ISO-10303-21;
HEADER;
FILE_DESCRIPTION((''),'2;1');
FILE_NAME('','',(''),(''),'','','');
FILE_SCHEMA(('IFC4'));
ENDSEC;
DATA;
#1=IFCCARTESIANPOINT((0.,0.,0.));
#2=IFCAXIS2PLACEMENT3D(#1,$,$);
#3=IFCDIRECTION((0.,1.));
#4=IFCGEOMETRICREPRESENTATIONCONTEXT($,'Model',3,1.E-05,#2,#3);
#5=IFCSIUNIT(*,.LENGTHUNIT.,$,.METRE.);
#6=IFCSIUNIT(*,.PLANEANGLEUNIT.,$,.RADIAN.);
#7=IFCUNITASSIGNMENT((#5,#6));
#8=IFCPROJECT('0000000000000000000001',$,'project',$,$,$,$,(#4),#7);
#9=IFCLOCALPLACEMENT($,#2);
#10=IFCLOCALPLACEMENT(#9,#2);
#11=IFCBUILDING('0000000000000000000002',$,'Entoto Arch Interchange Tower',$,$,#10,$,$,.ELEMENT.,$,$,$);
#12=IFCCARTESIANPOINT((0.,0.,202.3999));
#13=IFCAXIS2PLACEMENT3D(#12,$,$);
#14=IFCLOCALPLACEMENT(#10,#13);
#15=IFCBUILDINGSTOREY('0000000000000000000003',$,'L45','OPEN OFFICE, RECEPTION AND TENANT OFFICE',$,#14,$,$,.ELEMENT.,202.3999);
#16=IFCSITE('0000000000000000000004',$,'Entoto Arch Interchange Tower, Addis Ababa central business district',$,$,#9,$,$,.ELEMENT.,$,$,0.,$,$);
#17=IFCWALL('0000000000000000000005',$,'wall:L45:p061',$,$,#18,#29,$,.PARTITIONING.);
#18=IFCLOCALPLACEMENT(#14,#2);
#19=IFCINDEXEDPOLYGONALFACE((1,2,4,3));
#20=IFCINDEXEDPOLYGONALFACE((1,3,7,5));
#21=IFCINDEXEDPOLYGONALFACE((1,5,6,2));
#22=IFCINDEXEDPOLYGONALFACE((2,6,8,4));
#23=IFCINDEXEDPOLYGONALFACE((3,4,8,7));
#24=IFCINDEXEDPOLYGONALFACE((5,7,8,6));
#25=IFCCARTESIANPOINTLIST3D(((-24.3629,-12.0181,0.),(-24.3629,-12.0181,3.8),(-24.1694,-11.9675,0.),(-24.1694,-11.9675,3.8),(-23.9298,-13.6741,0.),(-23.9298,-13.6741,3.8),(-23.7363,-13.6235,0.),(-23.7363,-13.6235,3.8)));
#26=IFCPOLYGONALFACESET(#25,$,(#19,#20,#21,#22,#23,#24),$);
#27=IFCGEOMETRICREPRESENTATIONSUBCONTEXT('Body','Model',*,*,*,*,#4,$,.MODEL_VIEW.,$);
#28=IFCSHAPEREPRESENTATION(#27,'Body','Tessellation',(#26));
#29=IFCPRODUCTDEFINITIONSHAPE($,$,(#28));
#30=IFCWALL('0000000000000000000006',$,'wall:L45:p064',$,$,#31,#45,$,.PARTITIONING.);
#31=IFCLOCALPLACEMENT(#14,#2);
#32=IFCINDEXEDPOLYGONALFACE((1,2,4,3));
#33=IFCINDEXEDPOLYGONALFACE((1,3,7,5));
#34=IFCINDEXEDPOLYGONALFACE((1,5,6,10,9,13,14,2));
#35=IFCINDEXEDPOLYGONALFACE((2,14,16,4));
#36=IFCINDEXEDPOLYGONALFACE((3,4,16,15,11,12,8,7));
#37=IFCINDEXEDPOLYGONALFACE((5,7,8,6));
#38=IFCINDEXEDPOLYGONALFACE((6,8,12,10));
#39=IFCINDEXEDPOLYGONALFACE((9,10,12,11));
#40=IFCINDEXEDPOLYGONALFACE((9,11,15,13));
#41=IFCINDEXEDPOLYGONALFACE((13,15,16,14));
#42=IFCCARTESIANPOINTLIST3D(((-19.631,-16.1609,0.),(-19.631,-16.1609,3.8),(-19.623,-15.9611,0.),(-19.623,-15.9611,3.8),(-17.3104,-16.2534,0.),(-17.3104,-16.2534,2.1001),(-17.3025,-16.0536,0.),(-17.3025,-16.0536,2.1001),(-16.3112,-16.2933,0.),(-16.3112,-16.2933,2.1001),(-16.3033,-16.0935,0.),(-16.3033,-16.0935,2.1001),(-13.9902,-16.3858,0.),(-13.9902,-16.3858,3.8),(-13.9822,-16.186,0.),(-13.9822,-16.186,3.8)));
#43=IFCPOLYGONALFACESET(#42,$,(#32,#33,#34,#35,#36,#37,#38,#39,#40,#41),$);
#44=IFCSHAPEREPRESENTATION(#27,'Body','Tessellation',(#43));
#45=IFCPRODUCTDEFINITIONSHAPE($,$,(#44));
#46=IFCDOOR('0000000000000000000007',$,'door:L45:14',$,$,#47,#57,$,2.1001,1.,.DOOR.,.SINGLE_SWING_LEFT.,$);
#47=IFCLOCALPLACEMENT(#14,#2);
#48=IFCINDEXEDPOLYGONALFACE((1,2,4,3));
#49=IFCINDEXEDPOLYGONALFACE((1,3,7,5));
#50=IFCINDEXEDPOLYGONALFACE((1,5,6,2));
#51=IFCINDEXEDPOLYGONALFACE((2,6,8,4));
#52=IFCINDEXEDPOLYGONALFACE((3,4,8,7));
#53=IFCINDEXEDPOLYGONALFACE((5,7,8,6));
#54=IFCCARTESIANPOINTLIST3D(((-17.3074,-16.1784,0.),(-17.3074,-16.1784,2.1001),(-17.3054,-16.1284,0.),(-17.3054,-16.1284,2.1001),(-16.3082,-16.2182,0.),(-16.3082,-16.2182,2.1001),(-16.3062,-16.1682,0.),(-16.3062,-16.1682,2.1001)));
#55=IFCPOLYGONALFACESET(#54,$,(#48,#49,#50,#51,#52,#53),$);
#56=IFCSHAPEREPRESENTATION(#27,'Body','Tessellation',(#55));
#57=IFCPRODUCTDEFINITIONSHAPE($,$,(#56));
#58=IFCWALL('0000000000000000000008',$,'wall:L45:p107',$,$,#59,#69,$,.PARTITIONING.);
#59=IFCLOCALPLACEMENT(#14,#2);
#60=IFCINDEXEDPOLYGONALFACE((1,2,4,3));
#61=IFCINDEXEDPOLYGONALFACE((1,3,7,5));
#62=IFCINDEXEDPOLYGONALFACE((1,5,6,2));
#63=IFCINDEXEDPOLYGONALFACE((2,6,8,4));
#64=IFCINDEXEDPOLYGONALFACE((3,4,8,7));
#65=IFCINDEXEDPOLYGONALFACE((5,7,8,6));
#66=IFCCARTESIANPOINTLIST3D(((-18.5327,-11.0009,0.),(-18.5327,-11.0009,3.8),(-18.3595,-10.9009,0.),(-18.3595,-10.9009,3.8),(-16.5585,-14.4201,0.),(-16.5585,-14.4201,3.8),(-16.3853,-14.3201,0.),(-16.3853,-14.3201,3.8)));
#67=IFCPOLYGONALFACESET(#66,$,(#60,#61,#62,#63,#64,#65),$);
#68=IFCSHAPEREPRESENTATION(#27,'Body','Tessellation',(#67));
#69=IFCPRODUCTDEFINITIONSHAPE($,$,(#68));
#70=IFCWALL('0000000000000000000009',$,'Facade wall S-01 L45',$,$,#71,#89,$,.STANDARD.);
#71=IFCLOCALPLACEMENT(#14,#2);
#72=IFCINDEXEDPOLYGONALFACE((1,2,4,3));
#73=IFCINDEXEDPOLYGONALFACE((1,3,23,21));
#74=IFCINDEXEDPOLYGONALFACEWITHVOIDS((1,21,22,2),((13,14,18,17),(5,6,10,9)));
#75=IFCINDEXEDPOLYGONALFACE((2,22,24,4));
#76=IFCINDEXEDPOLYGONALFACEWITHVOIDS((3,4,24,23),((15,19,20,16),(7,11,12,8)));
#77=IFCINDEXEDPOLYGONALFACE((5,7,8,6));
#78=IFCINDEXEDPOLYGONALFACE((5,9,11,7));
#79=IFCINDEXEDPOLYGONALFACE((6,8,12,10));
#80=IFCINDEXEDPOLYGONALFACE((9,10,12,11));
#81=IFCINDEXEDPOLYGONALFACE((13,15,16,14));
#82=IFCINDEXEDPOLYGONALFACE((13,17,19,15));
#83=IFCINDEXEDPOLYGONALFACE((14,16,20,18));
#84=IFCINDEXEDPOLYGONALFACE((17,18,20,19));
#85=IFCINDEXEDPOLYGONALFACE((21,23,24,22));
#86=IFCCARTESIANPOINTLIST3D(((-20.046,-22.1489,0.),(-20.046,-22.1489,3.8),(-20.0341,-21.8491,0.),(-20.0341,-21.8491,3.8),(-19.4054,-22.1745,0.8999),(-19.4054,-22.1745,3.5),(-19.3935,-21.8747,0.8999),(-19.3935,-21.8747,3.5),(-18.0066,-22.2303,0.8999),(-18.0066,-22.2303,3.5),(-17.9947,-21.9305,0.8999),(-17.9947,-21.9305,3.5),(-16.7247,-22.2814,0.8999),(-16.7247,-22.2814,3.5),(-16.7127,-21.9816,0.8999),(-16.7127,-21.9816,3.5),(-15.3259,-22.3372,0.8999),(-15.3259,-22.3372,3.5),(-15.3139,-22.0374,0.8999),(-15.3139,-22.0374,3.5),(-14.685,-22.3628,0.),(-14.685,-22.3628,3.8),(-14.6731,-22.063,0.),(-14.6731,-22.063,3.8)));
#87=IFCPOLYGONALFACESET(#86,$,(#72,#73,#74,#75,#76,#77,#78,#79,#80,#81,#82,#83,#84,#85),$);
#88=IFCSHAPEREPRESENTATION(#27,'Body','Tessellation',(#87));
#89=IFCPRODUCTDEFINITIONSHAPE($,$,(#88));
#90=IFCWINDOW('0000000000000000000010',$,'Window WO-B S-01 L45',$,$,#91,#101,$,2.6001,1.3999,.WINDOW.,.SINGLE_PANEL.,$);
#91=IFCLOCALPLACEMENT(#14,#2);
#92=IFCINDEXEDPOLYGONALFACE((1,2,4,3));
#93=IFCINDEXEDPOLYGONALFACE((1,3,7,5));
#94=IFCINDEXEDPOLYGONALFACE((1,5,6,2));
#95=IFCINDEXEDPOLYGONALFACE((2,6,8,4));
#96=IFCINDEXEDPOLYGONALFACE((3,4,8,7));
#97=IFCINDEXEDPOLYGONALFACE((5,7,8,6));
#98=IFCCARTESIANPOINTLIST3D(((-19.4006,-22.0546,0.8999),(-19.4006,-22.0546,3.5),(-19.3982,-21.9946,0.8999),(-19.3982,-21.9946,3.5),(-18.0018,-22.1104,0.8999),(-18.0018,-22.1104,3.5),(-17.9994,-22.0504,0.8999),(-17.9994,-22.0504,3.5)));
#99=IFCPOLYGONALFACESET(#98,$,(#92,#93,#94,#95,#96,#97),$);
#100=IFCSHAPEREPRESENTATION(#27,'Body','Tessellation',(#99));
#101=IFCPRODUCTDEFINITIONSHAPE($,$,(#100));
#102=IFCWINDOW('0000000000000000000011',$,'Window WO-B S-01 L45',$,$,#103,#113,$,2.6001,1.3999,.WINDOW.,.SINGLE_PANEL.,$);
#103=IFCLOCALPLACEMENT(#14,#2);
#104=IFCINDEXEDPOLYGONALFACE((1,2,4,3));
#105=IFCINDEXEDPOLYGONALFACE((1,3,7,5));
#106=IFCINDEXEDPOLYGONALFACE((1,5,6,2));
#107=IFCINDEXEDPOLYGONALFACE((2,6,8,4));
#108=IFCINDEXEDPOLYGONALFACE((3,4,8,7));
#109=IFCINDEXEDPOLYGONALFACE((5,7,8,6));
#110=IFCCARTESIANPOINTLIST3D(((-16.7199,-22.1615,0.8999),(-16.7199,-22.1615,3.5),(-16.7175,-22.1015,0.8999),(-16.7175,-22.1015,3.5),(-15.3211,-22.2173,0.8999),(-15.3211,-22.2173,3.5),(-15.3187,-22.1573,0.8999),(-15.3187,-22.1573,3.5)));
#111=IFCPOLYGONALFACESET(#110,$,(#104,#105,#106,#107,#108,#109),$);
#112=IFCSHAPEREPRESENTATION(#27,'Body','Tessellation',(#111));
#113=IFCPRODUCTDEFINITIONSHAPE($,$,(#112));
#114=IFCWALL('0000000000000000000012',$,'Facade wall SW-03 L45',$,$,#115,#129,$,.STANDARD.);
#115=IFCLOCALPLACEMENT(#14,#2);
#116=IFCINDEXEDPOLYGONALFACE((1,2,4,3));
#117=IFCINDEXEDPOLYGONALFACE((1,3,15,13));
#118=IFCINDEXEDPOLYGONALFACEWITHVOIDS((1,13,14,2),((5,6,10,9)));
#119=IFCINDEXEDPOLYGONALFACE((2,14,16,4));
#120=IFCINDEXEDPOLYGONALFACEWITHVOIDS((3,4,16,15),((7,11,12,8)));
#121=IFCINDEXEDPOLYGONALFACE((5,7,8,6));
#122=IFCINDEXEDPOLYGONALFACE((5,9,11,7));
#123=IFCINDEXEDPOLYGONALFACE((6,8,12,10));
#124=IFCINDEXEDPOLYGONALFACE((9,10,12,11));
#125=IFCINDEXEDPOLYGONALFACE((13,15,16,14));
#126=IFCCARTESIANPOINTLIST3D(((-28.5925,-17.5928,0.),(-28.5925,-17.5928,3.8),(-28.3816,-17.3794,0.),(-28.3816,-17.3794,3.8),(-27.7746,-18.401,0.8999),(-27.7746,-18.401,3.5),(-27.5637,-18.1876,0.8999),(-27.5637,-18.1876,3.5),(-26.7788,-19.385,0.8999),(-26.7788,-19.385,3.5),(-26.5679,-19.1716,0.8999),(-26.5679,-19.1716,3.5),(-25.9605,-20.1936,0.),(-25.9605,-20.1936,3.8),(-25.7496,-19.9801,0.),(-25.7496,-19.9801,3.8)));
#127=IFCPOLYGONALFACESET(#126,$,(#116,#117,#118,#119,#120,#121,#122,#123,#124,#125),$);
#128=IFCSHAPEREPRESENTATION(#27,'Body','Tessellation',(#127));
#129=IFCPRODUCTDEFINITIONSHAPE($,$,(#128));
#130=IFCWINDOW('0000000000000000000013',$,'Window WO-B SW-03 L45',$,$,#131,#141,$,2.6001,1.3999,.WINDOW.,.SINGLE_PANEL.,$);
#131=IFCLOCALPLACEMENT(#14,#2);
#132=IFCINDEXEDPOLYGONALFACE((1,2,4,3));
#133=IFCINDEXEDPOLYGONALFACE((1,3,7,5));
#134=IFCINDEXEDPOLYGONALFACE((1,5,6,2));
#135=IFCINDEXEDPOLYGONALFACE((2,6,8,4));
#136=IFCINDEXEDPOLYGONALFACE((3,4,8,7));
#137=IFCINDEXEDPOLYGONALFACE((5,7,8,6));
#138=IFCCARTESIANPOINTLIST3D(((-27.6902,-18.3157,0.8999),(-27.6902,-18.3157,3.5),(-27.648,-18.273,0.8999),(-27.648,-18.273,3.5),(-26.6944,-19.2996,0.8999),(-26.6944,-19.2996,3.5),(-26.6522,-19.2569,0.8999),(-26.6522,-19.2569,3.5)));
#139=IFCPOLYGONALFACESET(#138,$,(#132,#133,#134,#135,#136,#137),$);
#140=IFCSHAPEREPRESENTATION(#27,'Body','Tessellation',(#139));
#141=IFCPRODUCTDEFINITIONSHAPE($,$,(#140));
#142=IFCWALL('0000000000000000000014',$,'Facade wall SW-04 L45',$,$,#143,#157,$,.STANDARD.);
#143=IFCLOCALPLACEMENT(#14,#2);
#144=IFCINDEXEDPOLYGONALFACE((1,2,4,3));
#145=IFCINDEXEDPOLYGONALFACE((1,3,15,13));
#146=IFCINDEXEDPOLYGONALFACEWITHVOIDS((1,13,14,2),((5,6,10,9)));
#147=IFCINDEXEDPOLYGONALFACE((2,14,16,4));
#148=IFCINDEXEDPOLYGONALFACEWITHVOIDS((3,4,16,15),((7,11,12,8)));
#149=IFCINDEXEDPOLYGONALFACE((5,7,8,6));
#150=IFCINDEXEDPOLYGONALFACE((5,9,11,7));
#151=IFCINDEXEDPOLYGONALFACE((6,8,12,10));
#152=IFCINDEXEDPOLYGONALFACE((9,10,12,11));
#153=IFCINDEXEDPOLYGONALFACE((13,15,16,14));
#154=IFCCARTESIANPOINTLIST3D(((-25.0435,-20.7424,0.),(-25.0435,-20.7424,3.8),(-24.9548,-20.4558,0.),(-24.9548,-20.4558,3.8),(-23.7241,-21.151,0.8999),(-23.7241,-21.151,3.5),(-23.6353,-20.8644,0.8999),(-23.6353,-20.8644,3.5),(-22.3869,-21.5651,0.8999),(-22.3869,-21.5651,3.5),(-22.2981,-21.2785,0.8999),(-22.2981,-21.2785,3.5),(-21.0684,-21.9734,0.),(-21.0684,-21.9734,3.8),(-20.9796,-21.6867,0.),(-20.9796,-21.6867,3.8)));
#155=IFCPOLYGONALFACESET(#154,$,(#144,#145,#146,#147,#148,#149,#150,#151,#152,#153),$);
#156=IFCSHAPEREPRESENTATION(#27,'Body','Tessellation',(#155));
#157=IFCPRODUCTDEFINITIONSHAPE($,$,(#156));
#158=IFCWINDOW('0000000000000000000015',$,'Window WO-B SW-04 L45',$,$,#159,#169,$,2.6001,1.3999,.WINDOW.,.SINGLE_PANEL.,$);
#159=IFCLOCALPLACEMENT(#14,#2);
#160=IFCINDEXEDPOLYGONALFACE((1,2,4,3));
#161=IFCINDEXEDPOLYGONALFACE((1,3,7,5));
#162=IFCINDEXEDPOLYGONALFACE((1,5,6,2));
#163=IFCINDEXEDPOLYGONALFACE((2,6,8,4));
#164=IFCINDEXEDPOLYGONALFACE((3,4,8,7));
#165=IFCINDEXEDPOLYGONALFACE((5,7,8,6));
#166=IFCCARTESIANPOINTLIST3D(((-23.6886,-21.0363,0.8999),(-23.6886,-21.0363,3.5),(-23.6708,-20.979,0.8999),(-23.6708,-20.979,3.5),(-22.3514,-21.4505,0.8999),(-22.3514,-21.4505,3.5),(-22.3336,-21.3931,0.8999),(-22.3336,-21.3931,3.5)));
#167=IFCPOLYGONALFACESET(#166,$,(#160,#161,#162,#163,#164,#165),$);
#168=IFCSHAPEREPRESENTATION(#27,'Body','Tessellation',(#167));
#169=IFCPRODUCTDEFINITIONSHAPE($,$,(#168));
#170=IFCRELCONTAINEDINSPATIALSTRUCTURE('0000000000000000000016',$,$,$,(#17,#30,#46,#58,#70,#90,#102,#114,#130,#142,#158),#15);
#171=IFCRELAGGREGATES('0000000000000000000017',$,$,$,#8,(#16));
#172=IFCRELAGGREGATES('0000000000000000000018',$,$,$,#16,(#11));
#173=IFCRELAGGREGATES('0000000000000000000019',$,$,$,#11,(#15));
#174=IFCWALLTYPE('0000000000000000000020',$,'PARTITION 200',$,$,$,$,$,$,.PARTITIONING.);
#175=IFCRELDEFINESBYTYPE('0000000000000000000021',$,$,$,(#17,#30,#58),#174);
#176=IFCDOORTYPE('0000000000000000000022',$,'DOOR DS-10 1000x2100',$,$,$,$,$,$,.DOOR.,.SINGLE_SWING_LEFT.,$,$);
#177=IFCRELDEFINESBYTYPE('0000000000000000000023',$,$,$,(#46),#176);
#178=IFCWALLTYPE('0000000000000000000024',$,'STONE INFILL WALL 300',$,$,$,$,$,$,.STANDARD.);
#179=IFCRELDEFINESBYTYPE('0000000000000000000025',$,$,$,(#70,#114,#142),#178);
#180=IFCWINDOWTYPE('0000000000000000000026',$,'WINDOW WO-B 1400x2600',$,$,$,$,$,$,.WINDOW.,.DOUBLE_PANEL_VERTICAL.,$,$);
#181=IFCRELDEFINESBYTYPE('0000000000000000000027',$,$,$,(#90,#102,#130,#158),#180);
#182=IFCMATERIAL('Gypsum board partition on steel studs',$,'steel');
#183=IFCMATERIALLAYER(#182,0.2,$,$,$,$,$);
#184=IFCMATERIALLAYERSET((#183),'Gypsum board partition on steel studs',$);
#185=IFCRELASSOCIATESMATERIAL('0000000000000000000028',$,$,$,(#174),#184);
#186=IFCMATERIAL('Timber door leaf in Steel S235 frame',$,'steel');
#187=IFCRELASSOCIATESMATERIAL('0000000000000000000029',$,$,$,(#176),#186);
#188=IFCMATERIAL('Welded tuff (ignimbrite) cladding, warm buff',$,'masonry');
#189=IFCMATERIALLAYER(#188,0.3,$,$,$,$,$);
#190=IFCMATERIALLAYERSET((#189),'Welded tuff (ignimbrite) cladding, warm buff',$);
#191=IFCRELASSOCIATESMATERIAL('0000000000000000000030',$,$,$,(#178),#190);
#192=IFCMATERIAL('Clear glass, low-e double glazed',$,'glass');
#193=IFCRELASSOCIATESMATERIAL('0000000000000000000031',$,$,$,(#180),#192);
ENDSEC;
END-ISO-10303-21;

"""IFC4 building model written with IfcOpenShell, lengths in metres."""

from ifc_helpers import new_model, si_unit, direction, frame, frame_2d, origin, place, context, subcontext, project, spatial, rectangle, extrude, material, layer, layer_set, type_object, element, fill, save


model = new_model("IFC4")

# Units and contexts
model_context = context("Model", 3, precision=1e-05, world=origin(), true_north=direction((0.0, 1.0)))
body_context = subcontext(model_context, "Body", "Model", "MODEL_VIEW")
ifc_project = project(units=[si_unit("LENGTHUNIT", "METRE"), si_unit("PLANEANGLEUNIT", "RADIAN")], contexts=[model_context])

# Site, building, storey
site_placement = place(None, origin())
site = spatial("IfcSite", under=ifc_project, at=site_placement, Name="Entoto Arch Interchange Tower, Addis Ababa central business district", CompositionType="ELEMENT", RefElevation=0.0)
building_placement = place(site_placement, origin())
building = spatial("IfcBuilding", under=site, at=building_placement, Name="Entoto Arch Interchange Tower", CompositionType="ELEMENT")
storey_placement = place(building_placement, frame((0.0, 0.0, 202.3999)))
storey = spatial("IfcBuildingStorey", under=building, at=storey_placement, Name="L45", Description="OPEN OFFICE, RECEPTION AND TENANT OFFICE", CompositionType="ELEMENT", Elevation=202.3999)

# Shared definitions
ifc_material_1 = material(Name="Gypsum board partition on steel studs", Category="steel")
ifc_layer_1 = layer(ifc_material_1, 0.2)
ifc_layer_set_1 = layer_set([ifc_layer_1], Name="Gypsum board partition on steel studs")
wall_type_1 = type_object("IfcWallType", Name="PARTITION 200", PredefinedType="PARTITIONING", material=ifc_layer_set_1)

# Shared definitions
ifc_material_2 = material(Name="Timber door leaf in Steel S235 frame", Category="steel")
door_type = type_object("IfcDoorType", Name="DOOR DS-10 1000x2100", OperationType="SINGLE_SWING_LEFT", PredefinedType="DOOR", material=ifc_material_2)

# Wall
wall_1_placement = place(storey_placement, frame((-23.833, -13.6489, 0.0), z_axis=(0.0, 0.0, 1.0), x_axis=(-0.253026, 0.96746, 0.0)))
element("IfcWall", 1, at=wall_1_placement, inside=storey, type_object=wall_type_1, Name="wall:L45:p061", PredefinedType="PARTITIONING", context=body_context, shape_type="SweptSolid", body=[
    extrude(rectangle(XDim=1.7117, YDim=0.2, at=frame_2d((0.856, 0.0))), origin(), (0.0, 0.0, 1.0), 3.8),
])

# Wall, opening, door
wall_2_placement = place(storey_placement, frame((-13.9861, -16.2859, 0.0), z_axis=(0.0, 0.0, 1.0), x_axis=(-0.999206, 0.03983, 0.0)))
wall_2 = element("IfcWall", 2, at=wall_2_placement, inside=storey, type_object=wall_type_1, Name="wall:L45:p064", PredefinedType="PARTITIONING", context=body_context, shape_type="SweptSolid", body=[
    extrude(rectangle(XDim=5.6453, YDim=0.2, at=frame_2d((2.8228, 0.0))), origin(), (0.0, 0.0, 1.0), 3.8),
])
opening_1_placement = place(wall_2_placement, frame((2.323, 0.0, 0.0)))
opening_1 = element("IfcOpeningElement", 3, at=opening_1_placement, cuts=wall_2, PredefinedType="OPENING", context=body_context, shape_type="SweptSolid", body=[
    extrude(rectangle(XDim=1.0, YDim=2.1001, at=frame_2d((0.5, 1.05))), frame((0.0, 0.1099, 0.0), z_axis=(0.0, -1.0, 0.0), x_axis=(1.0, 0.0, 0.0)), (0.0, 0.0, 1.0), 0.22),
])
door_1_placement = place(opening_1_placement, origin())
door_1 = element("IfcDoor", 4, at=door_1_placement, inside=storey, type_object=door_type, Name="door:L45:14", OperationType="SINGLE_SWING_LEFT", OverallHeight=2.1001, OverallWidth=1.0, PredefinedType="DOOR", context=body_context, shape_type="SweptSolid", body=[
    extrude(rectangle(XDim=1.0, YDim=2.1001, at=frame_2d((0.5, 1.05))), frame((0.0, 0.0249, 0.0), z_axis=(0.0, -1.0, 0.0), x_axis=(1.0, 0.0, 0.0)), (0.0, 0.0, 1.0), 0.05),
])
fill(opening_1, door_1)

# Wall
wall_3_placement = place(storey_placement, frame((-16.4719, -14.3701, 0.0), z_axis=(0.0, 0.0, 1.0), x_axis=(-0.50001, 0.86602, 0.0)))
element("IfcWall", 5, at=wall_3_placement, inside=storey, type_object=wall_type_1, Name="wall:L45:p107", PredefinedType="PARTITIONING", context=body_context, shape_type="SweptSolid", body=[
    extrude(rectangle(XDim=3.9482, YDim=0.2, at=frame_2d((1.9741, 0.0))), origin(), (0.0, 0.0, 1.0), 3.8),
])

# Wall, openings, windows
ifc_material_3 = material(Name="Welded tuff (ignimbrite) cladding, warm buff", Category="masonry")
ifc_layer_2 = layer(ifc_material_3, 0.3)
ifc_layer_set_2 = layer_set([ifc_layer_2], Name="Welded tuff (ignimbrite) cladding, warm buff")
wall_type_2 = type_object("IfcWallType", Name="STONE INFILL WALL 300", PredefinedType="STANDARD", material=ifc_layer_set_2)
wall_4_placement = place(storey_placement, frame((-20.04, -21.999, 0.0), z_axis=(0.0, 0.0, 1.0), x_axis=(0.999205, -0.039861, 0.0)))
wall_4 = element("IfcWall", 6, at=wall_4_placement, inside=storey, type_object=wall_type_2, Name="Facade wall S-01 L45", PredefinedType="STANDARD", context=body_context, shape_type="SweptSolid", body=[
    extrude(rectangle(XDim=5.3652, YDim=0.3, at=frame_2d((2.6826, 0.0))), origin(), (0.0, 0.0, 1.0), 3.8),
])
opening_2_placement = place(wall_4_placement, frame((0.6411, 0.0, 0.8999)))
opening_2 = element("IfcOpeningElement", 7, at=opening_2_placement, cuts=wall_4, PredefinedType="OPENING", context=body_context, shape_type="SweptSolid", body=[
    extrude(rectangle(XDim=1.3999, YDim=2.6001, at=frame_2d((0.7, 1.3))), frame((0.0, 0.1602, 0.0), z_axis=(0.0, -1.0, 0.0), x_axis=(1.0, 0.0, 0.0)), (0.0, 0.0, 1.0), 0.3201),
])
opening_3_placement = place(wall_4_placement, frame((3.324, 0.0, 0.8999)))
opening_3 = element("IfcOpeningElement", 8, at=opening_3_placement, cuts=wall_4, PredefinedType="OPENING", context=body_context, shape_type="SweptSolid", body=[
    extrude(rectangle(XDim=1.3999, YDim=2.6001, at=frame_2d((0.7, 1.3))), frame((0.0, 0.1602, 0.0), z_axis=(0.0, -1.0, 0.0), x_axis=(1.0, 0.0, 0.0)), (0.0, 0.0, 1.0), 0.3201),
])
ifc_material_4 = material(Name="Clear glass, low-e double glazed", Category="glass")
window_type = type_object("IfcWindowType", Name="WINDOW WO-B 1400x2600", PartitioningType="DOUBLE_PANEL_VERTICAL", PredefinedType="WINDOW", material=ifc_material_4)
window_1_placement = place(opening_2_placement, origin())
window_1 = element("IfcWindow", 9, at=window_1_placement, inside=storey, type_object=window_type, Name="Window WO-B S-01 L45", OverallHeight=2.6001, OverallWidth=1.3999, PartitioningType="SINGLE_PANEL", PredefinedType="WINDOW", context=body_context, shape_type="SweptSolid", body=[
    extrude(rectangle(XDim=1.3999, YDim=2.6001, at=frame_2d((0.7, 1.3))), frame((0.0, 0.03, 0.0), z_axis=(0.0, -1.0, 0.0), x_axis=(1.0, 0.0, 0.0)), (0.0, 0.0, 1.0), 0.0601),
])
fill(opening_2, window_1)
window_2_placement = place(opening_3_placement, origin())
window_2 = element("IfcWindow", 10, at=window_2_placement, inside=storey, type_object=window_type, Name="Window WO-B S-01 L45", OverallHeight=2.6001, OverallWidth=1.3999, PartitioningType="SINGLE_PANEL", PredefinedType="WINDOW", context=body_context, shape_type="SweptSolid", body=[
    extrude(rectangle(XDim=1.3999, YDim=2.6001, at=frame_2d((0.7, 1.3))), frame((0.0, 0.03, 0.0), z_axis=(0.0, -1.0, 0.0), x_axis=(1.0, 0.0, 0.0)), (0.0, 0.0, 1.0), 0.0601),
])
fill(opening_3, window_2)

# Walls, openings, windows
wall_5_placement = place(storey_placement, frame((-28.4871, -17.4861, 0.0), z_axis=(0.0, 0.0, 1.0), x_axis=(0.711317, -0.702872, 0.0)))
wall_5 = element("IfcWall", 11, at=wall_5_placement, inside=storey, type_object=wall_type_2, Name="Facade wall SW-03 L45", PredefinedType="STANDARD", context=body_context, shape_type="SweptSolid", body=[
    extrude(rectangle(XDim=3.7002, YDim=0.3, at=frame_2d((1.8501, 0.0))), origin(), (0.0, 0.0, 1.0), 3.8),
])
opening_4_placement = place(wall_5_placement, frame((1.1499, 0.0, 0.8999)))
opening_4 = element("IfcOpeningElement", 12, at=opening_4_placement, cuts=wall_5, PredefinedType="OPENING", context=body_context, shape_type="SweptSolid", body=[
    extrude(rectangle(XDim=1.3999, YDim=2.6001, at=frame_2d((0.7, 1.3))), frame((0.0, 0.1602, 0.0), z_axis=(0.0, -1.0, 0.0), x_axis=(1.0, 0.0, 0.0)), (0.0, 0.0, 1.0), 0.3201),
])
window_3_placement = place(opening_4_placement, origin())
window_3 = element("IfcWindow", 13, at=window_3_placement, inside=storey, type_object=window_type, Name="Window WO-B SW-03 L45", OverallHeight=2.6001, OverallWidth=1.3999, PartitioningType="SINGLE_PANEL", PredefinedType="WINDOW", context=body_context, shape_type="SweptSolid", body=[
    extrude(rectangle(XDim=1.3999, YDim=2.6001, at=frame_2d((0.7, 1.3))), frame((0.0, 0.03, 0.0), z_axis=(0.0, -1.0, 0.0), x_axis=(1.0, 0.0, 0.0)), (0.0, 0.0, 1.0), 0.0601),
])
fill(opening_4, window_3)
wall_6_placement = place(storey_placement, frame((-24.999, -20.5991, 0.0), z_axis=(0.0, 0.0, 1.0), x_axis=(0.955247, -0.295809, 0.0)))
wall_6 = element("IfcWall", 14, at=wall_6_placement, inside=storey, type_object=wall_type_2, Name="Facade wall SW-04 L45", PredefinedType="STANDARD", context=body_context, shape_type="SweptSolid", body=[
    extrude(rectangle(XDim=4.1614, YDim=0.3, at=frame_2d((2.0806, 0.0))), origin(), (0.0, 0.0, 1.0), 3.8),
])
opening_5_placement = place(wall_6_placement, frame((1.3811, 0.0, 0.8999)))
opening_5 = element("IfcOpeningElement", 15, at=opening_5_placement, cuts=wall_6, PredefinedType="OPENING", context=body_context, shape_type="SweptSolid", body=[
    extrude(rectangle(XDim=1.3999, YDim=2.6001, at=frame_2d((0.7, 1.3))), frame((0.0, 0.1602, 0.0), z_axis=(0.0, -1.0, 0.0), x_axis=(1.0, 0.0, 0.0)), (0.0, 0.0, 1.0), 0.3201),
])
window_4_placement = place(opening_5_placement, origin())
window_4 = element("IfcWindow", 16, at=window_4_placement, inside=storey, type_object=window_type, Name="Window WO-B SW-04 L45", OverallHeight=2.6001, OverallWidth=1.3999, PartitioningType="SINGLE_PANEL", PredefinedType="WINDOW", context=body_context, shape_type="SweptSolid", body=[
    extrude(rectangle(XDim=1.3999, YDim=2.6001, at=frame_2d((0.7, 1.3))), frame((0.0, 0.03, 0.0), z_axis=(0.0, -1.0, 0.0), x_axis=(1.0, 0.0, 0.0)), (0.0, 0.0, 1.0), 0.0601),
])
fill(opening_5, window_4)

save(model, "model.ifc")
